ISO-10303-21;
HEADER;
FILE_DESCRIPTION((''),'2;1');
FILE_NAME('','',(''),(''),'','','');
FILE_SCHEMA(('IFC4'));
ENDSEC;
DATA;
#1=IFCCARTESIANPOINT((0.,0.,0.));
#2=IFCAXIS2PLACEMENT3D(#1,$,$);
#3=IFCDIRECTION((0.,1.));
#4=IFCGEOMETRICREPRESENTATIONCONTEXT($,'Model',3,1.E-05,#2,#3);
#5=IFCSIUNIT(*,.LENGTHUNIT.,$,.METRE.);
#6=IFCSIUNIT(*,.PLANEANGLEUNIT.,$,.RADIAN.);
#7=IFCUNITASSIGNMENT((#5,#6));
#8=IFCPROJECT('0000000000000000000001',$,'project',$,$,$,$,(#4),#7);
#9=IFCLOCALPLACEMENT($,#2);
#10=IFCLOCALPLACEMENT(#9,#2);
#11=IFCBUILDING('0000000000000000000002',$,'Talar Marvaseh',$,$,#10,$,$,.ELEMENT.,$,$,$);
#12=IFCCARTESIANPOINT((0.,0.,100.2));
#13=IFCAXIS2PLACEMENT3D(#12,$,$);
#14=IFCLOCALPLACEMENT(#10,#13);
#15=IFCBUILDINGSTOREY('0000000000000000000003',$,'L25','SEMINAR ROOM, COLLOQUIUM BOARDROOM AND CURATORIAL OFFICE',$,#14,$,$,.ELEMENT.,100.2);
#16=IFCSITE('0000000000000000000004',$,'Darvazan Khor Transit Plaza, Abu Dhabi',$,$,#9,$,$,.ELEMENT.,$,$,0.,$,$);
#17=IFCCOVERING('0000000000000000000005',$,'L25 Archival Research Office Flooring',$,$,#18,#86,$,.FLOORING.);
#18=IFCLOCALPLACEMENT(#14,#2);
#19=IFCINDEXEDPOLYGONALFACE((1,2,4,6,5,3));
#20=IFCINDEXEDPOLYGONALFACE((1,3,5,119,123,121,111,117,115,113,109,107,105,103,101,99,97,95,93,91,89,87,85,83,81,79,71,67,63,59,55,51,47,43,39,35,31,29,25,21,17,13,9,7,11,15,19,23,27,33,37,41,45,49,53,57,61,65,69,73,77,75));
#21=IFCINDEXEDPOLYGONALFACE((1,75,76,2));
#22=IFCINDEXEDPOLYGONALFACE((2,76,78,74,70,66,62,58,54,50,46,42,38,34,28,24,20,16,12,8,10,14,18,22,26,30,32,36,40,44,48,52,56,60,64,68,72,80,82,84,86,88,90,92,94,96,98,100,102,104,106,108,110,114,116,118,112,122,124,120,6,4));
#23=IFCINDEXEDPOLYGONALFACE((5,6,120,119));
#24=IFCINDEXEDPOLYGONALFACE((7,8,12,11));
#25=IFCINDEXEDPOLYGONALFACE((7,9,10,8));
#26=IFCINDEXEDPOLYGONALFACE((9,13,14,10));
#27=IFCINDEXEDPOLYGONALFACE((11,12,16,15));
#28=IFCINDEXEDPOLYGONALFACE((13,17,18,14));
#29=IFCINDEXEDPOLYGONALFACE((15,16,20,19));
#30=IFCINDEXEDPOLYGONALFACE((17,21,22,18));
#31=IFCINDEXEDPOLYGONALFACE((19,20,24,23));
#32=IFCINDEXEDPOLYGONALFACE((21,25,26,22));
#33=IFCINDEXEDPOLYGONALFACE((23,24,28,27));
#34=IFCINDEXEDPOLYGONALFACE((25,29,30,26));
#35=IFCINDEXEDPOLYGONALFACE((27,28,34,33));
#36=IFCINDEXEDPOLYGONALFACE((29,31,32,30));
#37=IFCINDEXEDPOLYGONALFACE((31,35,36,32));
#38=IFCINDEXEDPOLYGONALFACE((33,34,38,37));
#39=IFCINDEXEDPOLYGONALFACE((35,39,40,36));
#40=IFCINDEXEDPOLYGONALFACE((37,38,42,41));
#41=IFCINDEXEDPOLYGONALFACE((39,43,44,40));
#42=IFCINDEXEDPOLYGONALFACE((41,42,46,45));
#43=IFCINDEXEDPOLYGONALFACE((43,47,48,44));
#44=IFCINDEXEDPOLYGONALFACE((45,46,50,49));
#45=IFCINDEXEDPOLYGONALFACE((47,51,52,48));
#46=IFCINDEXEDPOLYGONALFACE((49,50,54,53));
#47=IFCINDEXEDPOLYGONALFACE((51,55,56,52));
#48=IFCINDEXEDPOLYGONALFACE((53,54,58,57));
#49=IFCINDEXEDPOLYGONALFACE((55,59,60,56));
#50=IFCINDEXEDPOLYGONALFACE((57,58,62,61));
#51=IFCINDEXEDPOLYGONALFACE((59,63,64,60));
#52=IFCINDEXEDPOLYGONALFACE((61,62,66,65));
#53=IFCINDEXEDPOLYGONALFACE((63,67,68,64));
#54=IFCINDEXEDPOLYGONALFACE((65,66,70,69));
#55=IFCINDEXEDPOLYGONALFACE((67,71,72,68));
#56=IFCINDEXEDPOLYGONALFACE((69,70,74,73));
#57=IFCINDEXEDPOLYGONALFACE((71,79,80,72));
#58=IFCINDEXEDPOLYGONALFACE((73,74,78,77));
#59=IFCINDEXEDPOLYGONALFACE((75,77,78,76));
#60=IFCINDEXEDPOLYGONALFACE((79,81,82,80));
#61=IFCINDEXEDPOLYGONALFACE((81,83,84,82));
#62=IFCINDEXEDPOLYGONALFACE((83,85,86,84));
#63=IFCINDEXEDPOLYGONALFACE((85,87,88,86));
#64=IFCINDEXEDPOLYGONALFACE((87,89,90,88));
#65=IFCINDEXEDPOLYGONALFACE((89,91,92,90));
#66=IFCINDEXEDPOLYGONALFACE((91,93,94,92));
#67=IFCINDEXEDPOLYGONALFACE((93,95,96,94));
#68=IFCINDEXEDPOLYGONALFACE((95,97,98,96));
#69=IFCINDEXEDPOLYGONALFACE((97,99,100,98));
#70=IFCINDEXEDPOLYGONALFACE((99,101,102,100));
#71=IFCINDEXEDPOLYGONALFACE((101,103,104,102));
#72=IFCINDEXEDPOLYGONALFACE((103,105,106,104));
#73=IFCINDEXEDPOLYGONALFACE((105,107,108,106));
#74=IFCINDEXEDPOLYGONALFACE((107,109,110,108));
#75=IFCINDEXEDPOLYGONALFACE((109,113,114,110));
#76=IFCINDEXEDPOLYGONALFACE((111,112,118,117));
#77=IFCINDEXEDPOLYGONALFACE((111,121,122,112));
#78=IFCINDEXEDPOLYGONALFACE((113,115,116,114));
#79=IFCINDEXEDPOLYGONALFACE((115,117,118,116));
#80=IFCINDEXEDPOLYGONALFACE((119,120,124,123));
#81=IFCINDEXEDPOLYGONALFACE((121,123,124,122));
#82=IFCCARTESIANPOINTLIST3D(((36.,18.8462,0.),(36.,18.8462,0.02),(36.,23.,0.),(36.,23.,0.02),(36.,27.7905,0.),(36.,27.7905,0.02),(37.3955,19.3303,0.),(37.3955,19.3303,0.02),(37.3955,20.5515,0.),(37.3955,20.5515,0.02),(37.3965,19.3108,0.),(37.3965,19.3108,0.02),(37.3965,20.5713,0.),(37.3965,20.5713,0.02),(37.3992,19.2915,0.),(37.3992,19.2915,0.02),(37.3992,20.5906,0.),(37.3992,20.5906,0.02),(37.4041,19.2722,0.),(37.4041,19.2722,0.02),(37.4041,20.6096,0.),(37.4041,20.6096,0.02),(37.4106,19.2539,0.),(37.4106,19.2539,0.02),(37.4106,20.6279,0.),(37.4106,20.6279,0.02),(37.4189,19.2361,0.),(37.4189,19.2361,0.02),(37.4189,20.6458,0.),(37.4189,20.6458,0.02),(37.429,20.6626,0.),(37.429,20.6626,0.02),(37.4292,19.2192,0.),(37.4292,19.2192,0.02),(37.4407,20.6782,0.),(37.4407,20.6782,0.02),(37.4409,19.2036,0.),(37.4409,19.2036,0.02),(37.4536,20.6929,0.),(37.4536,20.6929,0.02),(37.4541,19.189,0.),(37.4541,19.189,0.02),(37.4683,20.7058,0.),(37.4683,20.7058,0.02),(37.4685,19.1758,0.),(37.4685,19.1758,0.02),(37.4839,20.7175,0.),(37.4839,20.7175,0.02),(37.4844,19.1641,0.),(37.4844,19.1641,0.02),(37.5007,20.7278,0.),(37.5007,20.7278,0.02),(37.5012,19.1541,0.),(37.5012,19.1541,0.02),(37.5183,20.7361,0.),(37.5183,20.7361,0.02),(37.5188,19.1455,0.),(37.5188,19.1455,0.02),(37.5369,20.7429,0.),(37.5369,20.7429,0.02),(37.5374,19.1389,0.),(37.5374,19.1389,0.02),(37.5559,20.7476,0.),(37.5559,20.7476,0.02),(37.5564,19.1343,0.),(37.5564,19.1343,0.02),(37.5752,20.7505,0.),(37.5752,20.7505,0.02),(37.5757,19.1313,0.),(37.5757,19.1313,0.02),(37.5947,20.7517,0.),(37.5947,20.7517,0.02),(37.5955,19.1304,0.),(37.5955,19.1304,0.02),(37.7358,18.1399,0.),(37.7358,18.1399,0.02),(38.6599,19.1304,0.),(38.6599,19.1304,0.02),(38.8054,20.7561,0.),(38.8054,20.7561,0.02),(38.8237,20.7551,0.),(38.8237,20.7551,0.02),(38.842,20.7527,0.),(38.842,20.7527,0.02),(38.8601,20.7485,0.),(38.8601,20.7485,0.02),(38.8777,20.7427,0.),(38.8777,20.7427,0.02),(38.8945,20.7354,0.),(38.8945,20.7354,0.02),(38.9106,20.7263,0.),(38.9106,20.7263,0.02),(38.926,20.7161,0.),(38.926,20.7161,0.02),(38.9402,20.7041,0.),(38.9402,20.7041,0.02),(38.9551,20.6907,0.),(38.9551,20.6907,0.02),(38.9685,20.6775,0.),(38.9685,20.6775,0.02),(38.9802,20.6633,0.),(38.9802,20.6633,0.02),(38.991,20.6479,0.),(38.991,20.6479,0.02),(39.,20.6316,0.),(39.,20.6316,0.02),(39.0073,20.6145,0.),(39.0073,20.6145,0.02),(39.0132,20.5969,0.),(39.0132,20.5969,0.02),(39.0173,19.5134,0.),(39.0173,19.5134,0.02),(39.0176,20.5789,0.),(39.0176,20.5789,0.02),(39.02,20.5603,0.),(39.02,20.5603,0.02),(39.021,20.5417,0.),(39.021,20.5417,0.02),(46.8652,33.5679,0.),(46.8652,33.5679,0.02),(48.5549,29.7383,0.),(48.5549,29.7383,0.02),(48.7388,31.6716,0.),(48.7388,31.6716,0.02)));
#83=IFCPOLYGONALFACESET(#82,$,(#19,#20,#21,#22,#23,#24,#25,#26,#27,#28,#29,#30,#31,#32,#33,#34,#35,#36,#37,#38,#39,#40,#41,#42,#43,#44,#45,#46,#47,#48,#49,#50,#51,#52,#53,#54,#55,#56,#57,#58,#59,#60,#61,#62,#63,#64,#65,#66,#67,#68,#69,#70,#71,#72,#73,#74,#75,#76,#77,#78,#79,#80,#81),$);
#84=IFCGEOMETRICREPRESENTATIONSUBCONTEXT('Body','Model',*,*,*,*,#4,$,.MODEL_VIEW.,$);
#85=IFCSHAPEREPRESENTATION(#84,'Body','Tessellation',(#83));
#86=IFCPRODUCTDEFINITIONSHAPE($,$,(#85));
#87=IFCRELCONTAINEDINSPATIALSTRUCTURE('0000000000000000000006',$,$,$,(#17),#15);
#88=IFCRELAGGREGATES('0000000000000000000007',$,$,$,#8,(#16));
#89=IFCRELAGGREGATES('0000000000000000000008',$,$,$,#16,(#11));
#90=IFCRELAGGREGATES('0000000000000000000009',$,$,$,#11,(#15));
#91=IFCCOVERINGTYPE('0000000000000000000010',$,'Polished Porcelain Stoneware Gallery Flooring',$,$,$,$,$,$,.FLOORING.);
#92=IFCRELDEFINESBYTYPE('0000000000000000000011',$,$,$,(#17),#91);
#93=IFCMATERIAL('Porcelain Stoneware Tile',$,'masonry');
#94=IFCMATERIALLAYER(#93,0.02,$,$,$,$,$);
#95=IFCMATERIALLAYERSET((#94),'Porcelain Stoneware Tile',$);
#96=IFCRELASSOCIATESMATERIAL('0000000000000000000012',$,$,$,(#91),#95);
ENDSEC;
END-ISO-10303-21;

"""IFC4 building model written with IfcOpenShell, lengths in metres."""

from ifc_helpers import new_model, si_unit, direction, frame, origin, place, context, subcontext, project, spatial, polyline, outline, extrude, material, layer, layer_set, type_object, element, save


model = new_model("IFC4")

# Units and contexts
model_context = context("Model", 3, precision=1e-05, world=origin(), true_north=direction((0.0, 1.0)))
body_context = subcontext(model_context, "Body", "Model", "MODEL_VIEW")
ifc_project = project(units=[si_unit("LENGTHUNIT", "METRE"), si_unit("PLANEANGLEUNIT", "RADIAN")], contexts=[model_context])

# Site, building, storey
site_placement = place(None, origin())
site = spatial("IfcSite", under=ifc_project, at=site_placement, Name="Darvazan Khor Transit Plaza, Abu Dhabi", CompositionType="ELEMENT", RefElevation=0.0)
building_placement = place(site_placement, origin())
building = spatial("IfcBuilding", under=site, at=building_placement, Name="Talar Marvaseh", CompositionType="ELEMENT")
storey_placement = place(building_placement, frame((0.0, 0.0, 100.2)))
storey = spatial("IfcBuildingStorey", under=building, at=storey_placement, Name="L25", Description="SEMINAR ROOM, COLLOQUIUM BOARDROOM AND CURATORIAL OFFICE", CompositionType="ELEMENT", Elevation=100.2)

# Covering
ifc_material_1 = material(Name="Porcelain Stoneware Tile", Category="masonry")
ifc_layer_1 = layer(ifc_material_1, 0.02)
ifc_layer_set_1 = layer_set([ifc_layer_1], Name="Porcelain Stoneware Tile")
covering_type_1 = type_object("IfcCoveringType", Name="Polished Porcelain Stoneware Gallery Flooring", PredefinedType="FLOORING", material=ifc_layer_set_1)
covering_1_placement = place(storey_placement, origin())
element("IfcCovering", 1, at=covering_1_placement, inside=storey, type_object=covering_type_1, Name="L25 Archival Research Office Flooring", PredefinedType="FLOORING", context=body_context, shape_type="SweptSolid", body=[
    extrude(outline(polyline([(36.0, 18.8462), (36.0, 23.0), (36.0, 27.7905), (46.8652, 33.5679), (48.7388, 31.6716), (48.5549, 29.7383), (39.0173, 19.5134), (39.021, 20.5417), (39.02, 20.5603), (39.0176, 20.5789), (39.0132, 20.5969), (39.0073, 20.6145), (39.0, 20.6316), (38.991, 20.6479), (38.9802, 20.6633), (38.9685, 20.6775), (38.9551, 20.6907), (38.9402, 20.7041), (38.926, 20.7161), (38.9106, 20.7263), (38.8945, 20.7354), (38.8777, 20.7427), (38.8601, 20.7485), (38.842, 20.7527), (38.8237, 20.7551), (38.8054, 20.7561), (37.5947, 20.7517), (37.5752, 20.7505), (37.5559, 20.7476), (37.5369, 20.7429), (37.5183, 20.7361), (37.5007, 20.7278), (37.4839, 20.7175), (37.4683, 20.7058), (37.4536, 20.6929), (37.4407, 20.6782), (37.429, 20.6626), (37.4189, 20.6458), (37.4106, 20.6279), (37.4041, 20.6096), (37.3992, 20.5906), (37.3965, 20.5713), (37.3955, 20.5515), (37.3955, 19.3303), (37.3965, 19.3108), (37.3992, 19.2915), (37.4041, 19.2722), (37.4106, 19.2539), (37.4189, 19.2361), (37.4292, 19.2192), (37.4409, 19.2036), (37.4541, 19.189), (37.4685, 19.1758), (37.4844, 19.1641), (37.5012, 19.1541), (37.5188, 19.1455), (37.5374, 19.1389), (37.5564, 19.1343), (37.5757, 19.1313), (37.5955, 19.1304), (38.6599, 19.1304), (37.7358, 18.1399), (36.0, 18.8462)])), origin(), (0.0, 0.0, 1.0), 0.02),
])

save(model, "model.ifc")
